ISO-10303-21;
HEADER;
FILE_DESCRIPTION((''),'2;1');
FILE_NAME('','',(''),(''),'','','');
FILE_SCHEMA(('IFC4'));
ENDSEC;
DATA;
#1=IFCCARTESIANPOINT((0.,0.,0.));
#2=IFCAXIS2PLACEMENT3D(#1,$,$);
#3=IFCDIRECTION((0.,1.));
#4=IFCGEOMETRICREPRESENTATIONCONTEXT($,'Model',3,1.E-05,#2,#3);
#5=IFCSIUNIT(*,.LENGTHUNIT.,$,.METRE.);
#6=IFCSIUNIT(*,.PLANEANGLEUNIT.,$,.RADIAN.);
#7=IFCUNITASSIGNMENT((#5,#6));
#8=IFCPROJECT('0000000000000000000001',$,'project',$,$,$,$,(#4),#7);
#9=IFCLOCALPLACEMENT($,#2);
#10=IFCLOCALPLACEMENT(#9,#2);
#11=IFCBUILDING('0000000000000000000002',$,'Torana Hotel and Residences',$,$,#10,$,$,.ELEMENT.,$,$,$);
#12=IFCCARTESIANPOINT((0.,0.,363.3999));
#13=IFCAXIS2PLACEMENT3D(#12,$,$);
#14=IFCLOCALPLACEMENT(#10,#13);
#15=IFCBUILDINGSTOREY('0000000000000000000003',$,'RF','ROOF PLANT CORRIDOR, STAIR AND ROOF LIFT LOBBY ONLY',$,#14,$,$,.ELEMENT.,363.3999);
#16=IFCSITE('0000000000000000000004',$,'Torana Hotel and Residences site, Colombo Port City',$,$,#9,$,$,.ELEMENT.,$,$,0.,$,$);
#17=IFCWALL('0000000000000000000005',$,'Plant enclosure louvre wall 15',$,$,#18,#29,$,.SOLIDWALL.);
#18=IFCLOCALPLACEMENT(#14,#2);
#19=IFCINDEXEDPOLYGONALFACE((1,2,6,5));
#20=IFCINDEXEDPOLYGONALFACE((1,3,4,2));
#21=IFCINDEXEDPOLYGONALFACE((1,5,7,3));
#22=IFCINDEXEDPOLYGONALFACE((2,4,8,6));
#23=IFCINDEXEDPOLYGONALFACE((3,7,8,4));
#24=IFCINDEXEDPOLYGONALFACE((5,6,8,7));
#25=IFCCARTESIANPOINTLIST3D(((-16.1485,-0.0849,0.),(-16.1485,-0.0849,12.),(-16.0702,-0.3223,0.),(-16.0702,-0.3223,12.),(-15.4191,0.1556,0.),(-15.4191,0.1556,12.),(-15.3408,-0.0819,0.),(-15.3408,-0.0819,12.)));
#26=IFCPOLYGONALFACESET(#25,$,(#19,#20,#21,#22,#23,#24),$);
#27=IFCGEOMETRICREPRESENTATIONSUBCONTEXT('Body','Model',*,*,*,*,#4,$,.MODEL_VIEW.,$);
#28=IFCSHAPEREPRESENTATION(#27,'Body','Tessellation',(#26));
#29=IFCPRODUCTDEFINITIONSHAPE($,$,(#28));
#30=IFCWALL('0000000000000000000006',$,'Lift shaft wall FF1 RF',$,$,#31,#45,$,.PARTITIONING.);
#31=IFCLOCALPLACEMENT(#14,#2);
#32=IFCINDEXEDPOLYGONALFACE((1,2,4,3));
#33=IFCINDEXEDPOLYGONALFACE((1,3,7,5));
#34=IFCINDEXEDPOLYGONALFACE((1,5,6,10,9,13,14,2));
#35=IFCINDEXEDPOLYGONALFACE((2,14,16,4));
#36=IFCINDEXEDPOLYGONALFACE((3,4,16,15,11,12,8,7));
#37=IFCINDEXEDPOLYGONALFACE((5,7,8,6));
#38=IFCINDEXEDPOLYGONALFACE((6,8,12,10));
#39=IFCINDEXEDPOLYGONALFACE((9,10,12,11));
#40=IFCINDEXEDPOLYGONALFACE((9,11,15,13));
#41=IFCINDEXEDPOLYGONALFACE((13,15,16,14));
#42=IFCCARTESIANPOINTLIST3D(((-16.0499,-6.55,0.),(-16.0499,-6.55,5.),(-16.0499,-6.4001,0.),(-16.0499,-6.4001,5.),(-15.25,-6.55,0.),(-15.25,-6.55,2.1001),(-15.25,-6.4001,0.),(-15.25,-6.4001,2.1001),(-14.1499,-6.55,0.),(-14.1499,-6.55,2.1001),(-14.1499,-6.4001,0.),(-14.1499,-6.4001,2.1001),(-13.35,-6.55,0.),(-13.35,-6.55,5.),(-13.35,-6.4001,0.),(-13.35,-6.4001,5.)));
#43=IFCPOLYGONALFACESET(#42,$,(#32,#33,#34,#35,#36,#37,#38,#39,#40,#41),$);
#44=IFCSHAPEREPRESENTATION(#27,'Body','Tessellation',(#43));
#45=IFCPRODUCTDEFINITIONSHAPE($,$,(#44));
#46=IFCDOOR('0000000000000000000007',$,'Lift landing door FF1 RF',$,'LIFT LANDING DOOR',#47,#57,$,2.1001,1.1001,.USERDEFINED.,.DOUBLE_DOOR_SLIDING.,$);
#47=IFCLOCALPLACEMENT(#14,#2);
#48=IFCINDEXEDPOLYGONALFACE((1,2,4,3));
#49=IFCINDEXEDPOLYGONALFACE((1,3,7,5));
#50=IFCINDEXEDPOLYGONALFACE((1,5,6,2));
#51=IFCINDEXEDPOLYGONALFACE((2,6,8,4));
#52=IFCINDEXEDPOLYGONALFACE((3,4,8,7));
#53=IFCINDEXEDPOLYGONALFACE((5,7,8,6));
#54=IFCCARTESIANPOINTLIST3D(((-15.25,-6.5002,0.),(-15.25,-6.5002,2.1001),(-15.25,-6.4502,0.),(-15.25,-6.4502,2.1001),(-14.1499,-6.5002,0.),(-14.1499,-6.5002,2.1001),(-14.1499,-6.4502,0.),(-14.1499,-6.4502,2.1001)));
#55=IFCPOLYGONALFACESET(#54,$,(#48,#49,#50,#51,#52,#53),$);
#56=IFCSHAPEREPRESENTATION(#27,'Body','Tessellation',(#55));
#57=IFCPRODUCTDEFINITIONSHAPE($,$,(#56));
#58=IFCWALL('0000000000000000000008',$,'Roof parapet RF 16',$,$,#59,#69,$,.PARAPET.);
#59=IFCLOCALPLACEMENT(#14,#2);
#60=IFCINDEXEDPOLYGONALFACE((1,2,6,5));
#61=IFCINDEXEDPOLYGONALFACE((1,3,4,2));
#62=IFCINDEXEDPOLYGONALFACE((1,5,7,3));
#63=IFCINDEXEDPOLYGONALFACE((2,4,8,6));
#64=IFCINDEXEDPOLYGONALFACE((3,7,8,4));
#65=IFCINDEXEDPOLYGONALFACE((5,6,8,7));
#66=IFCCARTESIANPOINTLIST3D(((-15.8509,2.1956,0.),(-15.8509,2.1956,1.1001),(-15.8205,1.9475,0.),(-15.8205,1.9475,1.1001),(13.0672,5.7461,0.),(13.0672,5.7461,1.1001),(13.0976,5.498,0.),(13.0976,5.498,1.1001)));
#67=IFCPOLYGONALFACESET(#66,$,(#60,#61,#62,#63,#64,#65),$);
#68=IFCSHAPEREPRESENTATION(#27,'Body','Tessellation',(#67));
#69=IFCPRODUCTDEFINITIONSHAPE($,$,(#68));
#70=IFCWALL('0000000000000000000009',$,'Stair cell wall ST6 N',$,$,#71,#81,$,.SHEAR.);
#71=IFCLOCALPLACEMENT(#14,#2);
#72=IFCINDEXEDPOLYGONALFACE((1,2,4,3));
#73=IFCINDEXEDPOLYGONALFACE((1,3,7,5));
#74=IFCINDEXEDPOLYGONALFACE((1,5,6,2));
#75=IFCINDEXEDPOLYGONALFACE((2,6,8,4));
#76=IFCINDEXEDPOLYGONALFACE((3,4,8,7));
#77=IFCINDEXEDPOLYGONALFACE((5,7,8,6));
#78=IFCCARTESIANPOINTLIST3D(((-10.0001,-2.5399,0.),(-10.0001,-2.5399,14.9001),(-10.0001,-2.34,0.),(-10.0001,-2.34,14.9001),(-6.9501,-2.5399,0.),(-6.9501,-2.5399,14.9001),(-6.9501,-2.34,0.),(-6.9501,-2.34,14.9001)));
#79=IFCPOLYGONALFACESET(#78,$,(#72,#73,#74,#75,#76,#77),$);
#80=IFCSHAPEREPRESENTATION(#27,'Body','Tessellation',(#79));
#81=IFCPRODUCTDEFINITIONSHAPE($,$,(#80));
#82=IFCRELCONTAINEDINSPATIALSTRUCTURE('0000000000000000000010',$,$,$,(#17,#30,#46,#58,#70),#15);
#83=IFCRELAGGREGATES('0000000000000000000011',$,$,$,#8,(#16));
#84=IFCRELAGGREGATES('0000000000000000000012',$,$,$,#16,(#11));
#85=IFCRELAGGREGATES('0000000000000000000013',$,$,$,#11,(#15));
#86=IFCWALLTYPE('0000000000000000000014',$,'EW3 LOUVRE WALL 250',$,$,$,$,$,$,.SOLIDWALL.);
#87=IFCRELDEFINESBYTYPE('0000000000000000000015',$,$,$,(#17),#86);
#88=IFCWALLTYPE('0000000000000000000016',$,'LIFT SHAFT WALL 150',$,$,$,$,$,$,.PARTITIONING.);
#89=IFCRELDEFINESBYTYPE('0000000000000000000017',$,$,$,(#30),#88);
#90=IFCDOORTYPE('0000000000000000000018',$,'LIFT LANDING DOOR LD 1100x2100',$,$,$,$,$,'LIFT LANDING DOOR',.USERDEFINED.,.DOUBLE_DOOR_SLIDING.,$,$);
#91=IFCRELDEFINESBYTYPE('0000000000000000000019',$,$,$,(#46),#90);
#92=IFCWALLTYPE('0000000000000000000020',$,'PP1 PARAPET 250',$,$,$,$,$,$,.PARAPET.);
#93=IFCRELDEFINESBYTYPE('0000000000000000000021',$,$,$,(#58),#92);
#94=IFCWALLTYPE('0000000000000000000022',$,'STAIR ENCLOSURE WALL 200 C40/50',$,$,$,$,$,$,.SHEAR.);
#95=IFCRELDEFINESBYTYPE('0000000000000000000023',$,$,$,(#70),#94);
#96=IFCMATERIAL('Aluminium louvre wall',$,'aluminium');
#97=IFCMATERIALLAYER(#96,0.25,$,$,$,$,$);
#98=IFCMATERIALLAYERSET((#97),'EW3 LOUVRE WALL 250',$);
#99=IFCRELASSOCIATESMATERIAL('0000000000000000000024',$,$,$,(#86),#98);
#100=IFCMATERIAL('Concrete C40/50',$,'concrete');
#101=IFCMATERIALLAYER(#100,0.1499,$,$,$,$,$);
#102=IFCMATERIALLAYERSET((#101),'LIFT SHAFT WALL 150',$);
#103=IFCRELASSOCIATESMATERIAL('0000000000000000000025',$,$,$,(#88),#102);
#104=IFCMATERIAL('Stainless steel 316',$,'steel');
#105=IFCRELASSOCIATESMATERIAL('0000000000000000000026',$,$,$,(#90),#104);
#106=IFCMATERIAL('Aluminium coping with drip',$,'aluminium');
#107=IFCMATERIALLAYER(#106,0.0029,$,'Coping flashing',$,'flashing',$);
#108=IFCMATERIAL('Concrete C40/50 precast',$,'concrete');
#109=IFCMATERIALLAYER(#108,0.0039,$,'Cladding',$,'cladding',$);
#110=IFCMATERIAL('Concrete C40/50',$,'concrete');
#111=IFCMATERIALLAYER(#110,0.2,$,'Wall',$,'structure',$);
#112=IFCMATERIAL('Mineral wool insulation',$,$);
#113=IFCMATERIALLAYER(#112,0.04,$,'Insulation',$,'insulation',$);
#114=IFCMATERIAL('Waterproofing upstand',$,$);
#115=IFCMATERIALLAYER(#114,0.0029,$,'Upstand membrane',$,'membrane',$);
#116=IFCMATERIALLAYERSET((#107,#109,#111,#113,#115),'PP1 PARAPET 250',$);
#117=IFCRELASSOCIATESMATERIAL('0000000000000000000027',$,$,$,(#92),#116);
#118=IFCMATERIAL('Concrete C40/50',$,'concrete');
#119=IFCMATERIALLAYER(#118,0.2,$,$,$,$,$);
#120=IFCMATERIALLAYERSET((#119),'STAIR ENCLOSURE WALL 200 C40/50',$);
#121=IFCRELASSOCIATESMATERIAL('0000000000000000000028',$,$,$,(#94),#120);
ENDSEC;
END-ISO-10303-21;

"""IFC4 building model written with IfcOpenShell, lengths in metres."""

from ifc_helpers import new_model, si_unit, direction, frame, frame_2d, origin, place, context, subcontext, project, spatial, rectangle, extrude, material, layer, layer_set, type_object, element, fill, save


model = new_model("IFC4")

# Units and contexts
model_context = context("Model", 3, precision=1e-05, world=origin(), true_north=direction((0.0, 1.0)))
body_context = subcontext(model_context, "Body", "Model", "MODEL_VIEW")
ifc_project = project(units=[si_unit("LENGTHUNIT", "METRE"), si_unit("PLANEANGLEUNIT", "RADIAN")], contexts=[model_context])

# Site, building, storey
site_placement = place(None, origin())
site = spatial("IfcSite", under=ifc_project, at=site_placement, Name="Torana Hotel and Residences site, Colombo Port City", CompositionType="ELEMENT", RefElevation=0.0)
building_placement = place(site_placement, origin())
building = spatial("IfcBuilding", under=site, at=building_placement, Name="Torana Hotel and Residences", CompositionType="ELEMENT")
storey_placement = place(building_placement, frame((0.0, 0.0, 363.3999)))
storey = spatial("IfcBuildingStorey", under=building, at=storey_placement, Name="RF", Description="ROOF PLANT CORRIDOR, STAIR AND ROOF LIFT LOBBY ONLY", CompositionType="ELEMENT", Elevation=363.3999)

# Shared definitions
ifc_material_1 = material(Name="Aluminium louvre wall", Category="aluminium")
ifc_layer_1 = layer(ifc_material_1, 0.25)
ifc_layer_set_1 = layer_set([ifc_layer_1], Name="EW3 LOUVRE WALL 250")
wall_type_1 = type_object("IfcWallType", Name="EW3 LOUVRE WALL 250", PredefinedType="SOLIDWALL", material=ifc_layer_set_1)

# Wall
wall_1_placement = place(storey_placement, frame((-16.1094, -0.2036, 0.0), z_axis=(0.0, 0.0, 1.0), x_axis=(0.949727, 0.313079, 0.0)))
element("IfcWall", 1, at=wall_1_placement, inside=storey, type_object=wall_type_1, Name="Plant enclosure louvre wall 15", PredefinedType="SOLIDWALL", context=body_context, shape_type="SweptSolid", body=[
    extrude(rectangle(XDim=0.7681, YDim=0.25, at=frame_2d((0.384, 0.0))), origin(), (0.0, 0.0, 1.0), 12.0),
])

# Wall, opening, door
ifc_material_2 = material(Name="Concrete C40/50", Category="concrete")
ifc_layer_2 = layer(ifc_material_2, 0.1499)
ifc_layer_set_2 = layer_set([ifc_layer_2], Name="LIFT SHAFT WALL 150")
wall_type_2 = type_object("IfcWallType", Name="LIFT SHAFT WALL 150", PredefinedType="PARTITIONING", material=ifc_layer_set_2)
wall_2_placement = place(storey_placement, frame((-16.05, -6.4751, 0.0), z_axis=(0.0, 0.0, 1.0), x_axis=(1.0, 0.0, 0.0)))
wall_2 = element("IfcWall", 2, at=wall_2_placement, inside=storey, type_object=wall_type_2, Name="Lift shaft wall FF1 RF", PredefinedType="PARTITIONING", context=body_context, shape_type="SweptSolid", body=[
    extrude(rectangle(XDim=2.7, YDim=0.1499, at=frame_2d((1.3501, 0.0))), origin(), (0.0, 0.0, 1.0), 5.0),
])
opening_1_placement = place(wall_2_placement, frame((0.8, 0.0, 0.0)))
opening_1 = element("IfcOpeningElement", 3, at=opening_1_placement, cuts=wall_2, PredefinedType="OPENING", context=body_context, shape_type="SweptSolid", body=[
    extrude(rectangle(XDim=1.1001, YDim=2.1001, at=frame_2d((0.55, 1.05))), frame((0.0, 0.085, 0.0), z_axis=(0.0, -1.0, 0.0), x_axis=(1.0, 0.0, 0.0)), (0.0, 0.0, 1.0), 0.1699),
])
ifc_material_3 = material(Name="Stainless steel 316", Category="steel")
door_type_1 = type_object("IfcDoorType", Name="LIFT LANDING DOOR LD 1100x2100", ElementType="LIFT LANDING DOOR", OperationType="DOUBLE_DOOR_SLIDING", PredefinedType="USERDEFINED", material=ifc_material_3)
door_1_placement = place(opening_1_placement, origin())
door_1 = element("IfcDoor", 4, at=door_1_placement, inside=storey, type_object=door_type_1, Name="Lift landing door FF1 RF", ObjectType="LIFT LANDING DOOR", OperationType="DOUBLE_DOOR_SLIDING", OverallHeight=2.1001, OverallWidth=1.1001, PredefinedType="USERDEFINED", context=body_context, shape_type="SweptSolid", body=[
    extrude(rectangle(XDim=1.1001, YDim=2.1001, at=frame_2d((0.55, 1.05))), frame((0.0, 0.0249, 0.0), z_axis=(0.0, -1.0, 0.0), x_axis=(1.0, 0.0, 0.0)), (0.0, 0.0, 1.0), 0.05),
])
fill(opening_1, door_1)

# Walls
ifc_material_4 = material(Name="Aluminium coping with drip", Category="aluminium")
ifc_layer_3 = layer(ifc_material_4, 0.0029, Name="Coping flashing", Category="flashing")
ifc_material_5 = material(Name="Concrete C40/50 precast", Category="concrete")
ifc_layer_4 = layer(ifc_material_5, 0.0039, Name="Cladding", Category="cladding")
ifc_material_6 = material(Name="Concrete C40/50", Category="concrete")
ifc_layer_5 = layer(ifc_material_6, 0.2, Name="Wall", Category="structure")
ifc_material_7 = material(Name="Mineral wool insulation")
ifc_layer_6 = layer(ifc_material_7, 0.04, Name="Insulation", Category="insulation")
ifc_material_8 = material(Name="Waterproofing upstand")
ifc_layer_7 = layer(ifc_material_8, 0.0029, Name="Upstand membrane", Category="membrane")
ifc_layer_set_3 = layer_set([ifc_layer_3, ifc_layer_4, ifc_layer_5, ifc_layer_6, ifc_layer_7], Name="PP1 PARAPET 250")
wall_type_3 = type_object("IfcWallType", Name="PP1 PARAPET 250", PredefinedType="PARAPET", material=ifc_layer_set_3)
wall_3_placement = place(storey_placement, frame((-15.8357, 2.0715, 0.0), z_axis=(0.0, 0.0, 1.0), x_axis=(0.992547, 0.121863, 0.0)))
element("IfcWall", 5, at=wall_3_placement, inside=storey, type_object=wall_type_3, Name="Roof parapet RF 16", PredefinedType="PARAPET", context=body_context, shape_type="SweptSolid", body=[
    extrude(rectangle(XDim=29.1353, YDim=0.25, at=frame_2d((14.5676, 0.0))), origin(), (0.0, 0.0, 1.0), 1.1001),
])
ifc_material_9 = material(Name="Concrete C40/50", Category="concrete")
ifc_layer_8 = layer(ifc_material_9, 0.2)
ifc_layer_set_4 = layer_set([ifc_layer_8], Name="STAIR ENCLOSURE WALL 200 C40/50")
wall_type_4 = type_object("IfcWallType", Name="STAIR ENCLOSURE WALL 200 C40/50", PredefinedType="SHEAR", material=ifc_layer_set_4)
wall_4_placement = place(storey_placement, frame((-10.0, -2.4399, 0.0), z_axis=(0.0, 0.0, 1.0), x_axis=(1.0, 0.0, 0.0)))
element("IfcWall", 6, at=wall_4_placement, inside=storey, type_object=wall_type_4, Name="Stair cell wall ST6 N", PredefinedType="SHEAR", context=body_context, shape_type="SweptSolid", body=[
    extrude(rectangle(XDim=3.05, YDim=0.2, at=frame_2d((1.5249, 0.0))), origin(), (0.0, 0.0, 1.0), 14.9001),
])

save(model, "model.ifc")
